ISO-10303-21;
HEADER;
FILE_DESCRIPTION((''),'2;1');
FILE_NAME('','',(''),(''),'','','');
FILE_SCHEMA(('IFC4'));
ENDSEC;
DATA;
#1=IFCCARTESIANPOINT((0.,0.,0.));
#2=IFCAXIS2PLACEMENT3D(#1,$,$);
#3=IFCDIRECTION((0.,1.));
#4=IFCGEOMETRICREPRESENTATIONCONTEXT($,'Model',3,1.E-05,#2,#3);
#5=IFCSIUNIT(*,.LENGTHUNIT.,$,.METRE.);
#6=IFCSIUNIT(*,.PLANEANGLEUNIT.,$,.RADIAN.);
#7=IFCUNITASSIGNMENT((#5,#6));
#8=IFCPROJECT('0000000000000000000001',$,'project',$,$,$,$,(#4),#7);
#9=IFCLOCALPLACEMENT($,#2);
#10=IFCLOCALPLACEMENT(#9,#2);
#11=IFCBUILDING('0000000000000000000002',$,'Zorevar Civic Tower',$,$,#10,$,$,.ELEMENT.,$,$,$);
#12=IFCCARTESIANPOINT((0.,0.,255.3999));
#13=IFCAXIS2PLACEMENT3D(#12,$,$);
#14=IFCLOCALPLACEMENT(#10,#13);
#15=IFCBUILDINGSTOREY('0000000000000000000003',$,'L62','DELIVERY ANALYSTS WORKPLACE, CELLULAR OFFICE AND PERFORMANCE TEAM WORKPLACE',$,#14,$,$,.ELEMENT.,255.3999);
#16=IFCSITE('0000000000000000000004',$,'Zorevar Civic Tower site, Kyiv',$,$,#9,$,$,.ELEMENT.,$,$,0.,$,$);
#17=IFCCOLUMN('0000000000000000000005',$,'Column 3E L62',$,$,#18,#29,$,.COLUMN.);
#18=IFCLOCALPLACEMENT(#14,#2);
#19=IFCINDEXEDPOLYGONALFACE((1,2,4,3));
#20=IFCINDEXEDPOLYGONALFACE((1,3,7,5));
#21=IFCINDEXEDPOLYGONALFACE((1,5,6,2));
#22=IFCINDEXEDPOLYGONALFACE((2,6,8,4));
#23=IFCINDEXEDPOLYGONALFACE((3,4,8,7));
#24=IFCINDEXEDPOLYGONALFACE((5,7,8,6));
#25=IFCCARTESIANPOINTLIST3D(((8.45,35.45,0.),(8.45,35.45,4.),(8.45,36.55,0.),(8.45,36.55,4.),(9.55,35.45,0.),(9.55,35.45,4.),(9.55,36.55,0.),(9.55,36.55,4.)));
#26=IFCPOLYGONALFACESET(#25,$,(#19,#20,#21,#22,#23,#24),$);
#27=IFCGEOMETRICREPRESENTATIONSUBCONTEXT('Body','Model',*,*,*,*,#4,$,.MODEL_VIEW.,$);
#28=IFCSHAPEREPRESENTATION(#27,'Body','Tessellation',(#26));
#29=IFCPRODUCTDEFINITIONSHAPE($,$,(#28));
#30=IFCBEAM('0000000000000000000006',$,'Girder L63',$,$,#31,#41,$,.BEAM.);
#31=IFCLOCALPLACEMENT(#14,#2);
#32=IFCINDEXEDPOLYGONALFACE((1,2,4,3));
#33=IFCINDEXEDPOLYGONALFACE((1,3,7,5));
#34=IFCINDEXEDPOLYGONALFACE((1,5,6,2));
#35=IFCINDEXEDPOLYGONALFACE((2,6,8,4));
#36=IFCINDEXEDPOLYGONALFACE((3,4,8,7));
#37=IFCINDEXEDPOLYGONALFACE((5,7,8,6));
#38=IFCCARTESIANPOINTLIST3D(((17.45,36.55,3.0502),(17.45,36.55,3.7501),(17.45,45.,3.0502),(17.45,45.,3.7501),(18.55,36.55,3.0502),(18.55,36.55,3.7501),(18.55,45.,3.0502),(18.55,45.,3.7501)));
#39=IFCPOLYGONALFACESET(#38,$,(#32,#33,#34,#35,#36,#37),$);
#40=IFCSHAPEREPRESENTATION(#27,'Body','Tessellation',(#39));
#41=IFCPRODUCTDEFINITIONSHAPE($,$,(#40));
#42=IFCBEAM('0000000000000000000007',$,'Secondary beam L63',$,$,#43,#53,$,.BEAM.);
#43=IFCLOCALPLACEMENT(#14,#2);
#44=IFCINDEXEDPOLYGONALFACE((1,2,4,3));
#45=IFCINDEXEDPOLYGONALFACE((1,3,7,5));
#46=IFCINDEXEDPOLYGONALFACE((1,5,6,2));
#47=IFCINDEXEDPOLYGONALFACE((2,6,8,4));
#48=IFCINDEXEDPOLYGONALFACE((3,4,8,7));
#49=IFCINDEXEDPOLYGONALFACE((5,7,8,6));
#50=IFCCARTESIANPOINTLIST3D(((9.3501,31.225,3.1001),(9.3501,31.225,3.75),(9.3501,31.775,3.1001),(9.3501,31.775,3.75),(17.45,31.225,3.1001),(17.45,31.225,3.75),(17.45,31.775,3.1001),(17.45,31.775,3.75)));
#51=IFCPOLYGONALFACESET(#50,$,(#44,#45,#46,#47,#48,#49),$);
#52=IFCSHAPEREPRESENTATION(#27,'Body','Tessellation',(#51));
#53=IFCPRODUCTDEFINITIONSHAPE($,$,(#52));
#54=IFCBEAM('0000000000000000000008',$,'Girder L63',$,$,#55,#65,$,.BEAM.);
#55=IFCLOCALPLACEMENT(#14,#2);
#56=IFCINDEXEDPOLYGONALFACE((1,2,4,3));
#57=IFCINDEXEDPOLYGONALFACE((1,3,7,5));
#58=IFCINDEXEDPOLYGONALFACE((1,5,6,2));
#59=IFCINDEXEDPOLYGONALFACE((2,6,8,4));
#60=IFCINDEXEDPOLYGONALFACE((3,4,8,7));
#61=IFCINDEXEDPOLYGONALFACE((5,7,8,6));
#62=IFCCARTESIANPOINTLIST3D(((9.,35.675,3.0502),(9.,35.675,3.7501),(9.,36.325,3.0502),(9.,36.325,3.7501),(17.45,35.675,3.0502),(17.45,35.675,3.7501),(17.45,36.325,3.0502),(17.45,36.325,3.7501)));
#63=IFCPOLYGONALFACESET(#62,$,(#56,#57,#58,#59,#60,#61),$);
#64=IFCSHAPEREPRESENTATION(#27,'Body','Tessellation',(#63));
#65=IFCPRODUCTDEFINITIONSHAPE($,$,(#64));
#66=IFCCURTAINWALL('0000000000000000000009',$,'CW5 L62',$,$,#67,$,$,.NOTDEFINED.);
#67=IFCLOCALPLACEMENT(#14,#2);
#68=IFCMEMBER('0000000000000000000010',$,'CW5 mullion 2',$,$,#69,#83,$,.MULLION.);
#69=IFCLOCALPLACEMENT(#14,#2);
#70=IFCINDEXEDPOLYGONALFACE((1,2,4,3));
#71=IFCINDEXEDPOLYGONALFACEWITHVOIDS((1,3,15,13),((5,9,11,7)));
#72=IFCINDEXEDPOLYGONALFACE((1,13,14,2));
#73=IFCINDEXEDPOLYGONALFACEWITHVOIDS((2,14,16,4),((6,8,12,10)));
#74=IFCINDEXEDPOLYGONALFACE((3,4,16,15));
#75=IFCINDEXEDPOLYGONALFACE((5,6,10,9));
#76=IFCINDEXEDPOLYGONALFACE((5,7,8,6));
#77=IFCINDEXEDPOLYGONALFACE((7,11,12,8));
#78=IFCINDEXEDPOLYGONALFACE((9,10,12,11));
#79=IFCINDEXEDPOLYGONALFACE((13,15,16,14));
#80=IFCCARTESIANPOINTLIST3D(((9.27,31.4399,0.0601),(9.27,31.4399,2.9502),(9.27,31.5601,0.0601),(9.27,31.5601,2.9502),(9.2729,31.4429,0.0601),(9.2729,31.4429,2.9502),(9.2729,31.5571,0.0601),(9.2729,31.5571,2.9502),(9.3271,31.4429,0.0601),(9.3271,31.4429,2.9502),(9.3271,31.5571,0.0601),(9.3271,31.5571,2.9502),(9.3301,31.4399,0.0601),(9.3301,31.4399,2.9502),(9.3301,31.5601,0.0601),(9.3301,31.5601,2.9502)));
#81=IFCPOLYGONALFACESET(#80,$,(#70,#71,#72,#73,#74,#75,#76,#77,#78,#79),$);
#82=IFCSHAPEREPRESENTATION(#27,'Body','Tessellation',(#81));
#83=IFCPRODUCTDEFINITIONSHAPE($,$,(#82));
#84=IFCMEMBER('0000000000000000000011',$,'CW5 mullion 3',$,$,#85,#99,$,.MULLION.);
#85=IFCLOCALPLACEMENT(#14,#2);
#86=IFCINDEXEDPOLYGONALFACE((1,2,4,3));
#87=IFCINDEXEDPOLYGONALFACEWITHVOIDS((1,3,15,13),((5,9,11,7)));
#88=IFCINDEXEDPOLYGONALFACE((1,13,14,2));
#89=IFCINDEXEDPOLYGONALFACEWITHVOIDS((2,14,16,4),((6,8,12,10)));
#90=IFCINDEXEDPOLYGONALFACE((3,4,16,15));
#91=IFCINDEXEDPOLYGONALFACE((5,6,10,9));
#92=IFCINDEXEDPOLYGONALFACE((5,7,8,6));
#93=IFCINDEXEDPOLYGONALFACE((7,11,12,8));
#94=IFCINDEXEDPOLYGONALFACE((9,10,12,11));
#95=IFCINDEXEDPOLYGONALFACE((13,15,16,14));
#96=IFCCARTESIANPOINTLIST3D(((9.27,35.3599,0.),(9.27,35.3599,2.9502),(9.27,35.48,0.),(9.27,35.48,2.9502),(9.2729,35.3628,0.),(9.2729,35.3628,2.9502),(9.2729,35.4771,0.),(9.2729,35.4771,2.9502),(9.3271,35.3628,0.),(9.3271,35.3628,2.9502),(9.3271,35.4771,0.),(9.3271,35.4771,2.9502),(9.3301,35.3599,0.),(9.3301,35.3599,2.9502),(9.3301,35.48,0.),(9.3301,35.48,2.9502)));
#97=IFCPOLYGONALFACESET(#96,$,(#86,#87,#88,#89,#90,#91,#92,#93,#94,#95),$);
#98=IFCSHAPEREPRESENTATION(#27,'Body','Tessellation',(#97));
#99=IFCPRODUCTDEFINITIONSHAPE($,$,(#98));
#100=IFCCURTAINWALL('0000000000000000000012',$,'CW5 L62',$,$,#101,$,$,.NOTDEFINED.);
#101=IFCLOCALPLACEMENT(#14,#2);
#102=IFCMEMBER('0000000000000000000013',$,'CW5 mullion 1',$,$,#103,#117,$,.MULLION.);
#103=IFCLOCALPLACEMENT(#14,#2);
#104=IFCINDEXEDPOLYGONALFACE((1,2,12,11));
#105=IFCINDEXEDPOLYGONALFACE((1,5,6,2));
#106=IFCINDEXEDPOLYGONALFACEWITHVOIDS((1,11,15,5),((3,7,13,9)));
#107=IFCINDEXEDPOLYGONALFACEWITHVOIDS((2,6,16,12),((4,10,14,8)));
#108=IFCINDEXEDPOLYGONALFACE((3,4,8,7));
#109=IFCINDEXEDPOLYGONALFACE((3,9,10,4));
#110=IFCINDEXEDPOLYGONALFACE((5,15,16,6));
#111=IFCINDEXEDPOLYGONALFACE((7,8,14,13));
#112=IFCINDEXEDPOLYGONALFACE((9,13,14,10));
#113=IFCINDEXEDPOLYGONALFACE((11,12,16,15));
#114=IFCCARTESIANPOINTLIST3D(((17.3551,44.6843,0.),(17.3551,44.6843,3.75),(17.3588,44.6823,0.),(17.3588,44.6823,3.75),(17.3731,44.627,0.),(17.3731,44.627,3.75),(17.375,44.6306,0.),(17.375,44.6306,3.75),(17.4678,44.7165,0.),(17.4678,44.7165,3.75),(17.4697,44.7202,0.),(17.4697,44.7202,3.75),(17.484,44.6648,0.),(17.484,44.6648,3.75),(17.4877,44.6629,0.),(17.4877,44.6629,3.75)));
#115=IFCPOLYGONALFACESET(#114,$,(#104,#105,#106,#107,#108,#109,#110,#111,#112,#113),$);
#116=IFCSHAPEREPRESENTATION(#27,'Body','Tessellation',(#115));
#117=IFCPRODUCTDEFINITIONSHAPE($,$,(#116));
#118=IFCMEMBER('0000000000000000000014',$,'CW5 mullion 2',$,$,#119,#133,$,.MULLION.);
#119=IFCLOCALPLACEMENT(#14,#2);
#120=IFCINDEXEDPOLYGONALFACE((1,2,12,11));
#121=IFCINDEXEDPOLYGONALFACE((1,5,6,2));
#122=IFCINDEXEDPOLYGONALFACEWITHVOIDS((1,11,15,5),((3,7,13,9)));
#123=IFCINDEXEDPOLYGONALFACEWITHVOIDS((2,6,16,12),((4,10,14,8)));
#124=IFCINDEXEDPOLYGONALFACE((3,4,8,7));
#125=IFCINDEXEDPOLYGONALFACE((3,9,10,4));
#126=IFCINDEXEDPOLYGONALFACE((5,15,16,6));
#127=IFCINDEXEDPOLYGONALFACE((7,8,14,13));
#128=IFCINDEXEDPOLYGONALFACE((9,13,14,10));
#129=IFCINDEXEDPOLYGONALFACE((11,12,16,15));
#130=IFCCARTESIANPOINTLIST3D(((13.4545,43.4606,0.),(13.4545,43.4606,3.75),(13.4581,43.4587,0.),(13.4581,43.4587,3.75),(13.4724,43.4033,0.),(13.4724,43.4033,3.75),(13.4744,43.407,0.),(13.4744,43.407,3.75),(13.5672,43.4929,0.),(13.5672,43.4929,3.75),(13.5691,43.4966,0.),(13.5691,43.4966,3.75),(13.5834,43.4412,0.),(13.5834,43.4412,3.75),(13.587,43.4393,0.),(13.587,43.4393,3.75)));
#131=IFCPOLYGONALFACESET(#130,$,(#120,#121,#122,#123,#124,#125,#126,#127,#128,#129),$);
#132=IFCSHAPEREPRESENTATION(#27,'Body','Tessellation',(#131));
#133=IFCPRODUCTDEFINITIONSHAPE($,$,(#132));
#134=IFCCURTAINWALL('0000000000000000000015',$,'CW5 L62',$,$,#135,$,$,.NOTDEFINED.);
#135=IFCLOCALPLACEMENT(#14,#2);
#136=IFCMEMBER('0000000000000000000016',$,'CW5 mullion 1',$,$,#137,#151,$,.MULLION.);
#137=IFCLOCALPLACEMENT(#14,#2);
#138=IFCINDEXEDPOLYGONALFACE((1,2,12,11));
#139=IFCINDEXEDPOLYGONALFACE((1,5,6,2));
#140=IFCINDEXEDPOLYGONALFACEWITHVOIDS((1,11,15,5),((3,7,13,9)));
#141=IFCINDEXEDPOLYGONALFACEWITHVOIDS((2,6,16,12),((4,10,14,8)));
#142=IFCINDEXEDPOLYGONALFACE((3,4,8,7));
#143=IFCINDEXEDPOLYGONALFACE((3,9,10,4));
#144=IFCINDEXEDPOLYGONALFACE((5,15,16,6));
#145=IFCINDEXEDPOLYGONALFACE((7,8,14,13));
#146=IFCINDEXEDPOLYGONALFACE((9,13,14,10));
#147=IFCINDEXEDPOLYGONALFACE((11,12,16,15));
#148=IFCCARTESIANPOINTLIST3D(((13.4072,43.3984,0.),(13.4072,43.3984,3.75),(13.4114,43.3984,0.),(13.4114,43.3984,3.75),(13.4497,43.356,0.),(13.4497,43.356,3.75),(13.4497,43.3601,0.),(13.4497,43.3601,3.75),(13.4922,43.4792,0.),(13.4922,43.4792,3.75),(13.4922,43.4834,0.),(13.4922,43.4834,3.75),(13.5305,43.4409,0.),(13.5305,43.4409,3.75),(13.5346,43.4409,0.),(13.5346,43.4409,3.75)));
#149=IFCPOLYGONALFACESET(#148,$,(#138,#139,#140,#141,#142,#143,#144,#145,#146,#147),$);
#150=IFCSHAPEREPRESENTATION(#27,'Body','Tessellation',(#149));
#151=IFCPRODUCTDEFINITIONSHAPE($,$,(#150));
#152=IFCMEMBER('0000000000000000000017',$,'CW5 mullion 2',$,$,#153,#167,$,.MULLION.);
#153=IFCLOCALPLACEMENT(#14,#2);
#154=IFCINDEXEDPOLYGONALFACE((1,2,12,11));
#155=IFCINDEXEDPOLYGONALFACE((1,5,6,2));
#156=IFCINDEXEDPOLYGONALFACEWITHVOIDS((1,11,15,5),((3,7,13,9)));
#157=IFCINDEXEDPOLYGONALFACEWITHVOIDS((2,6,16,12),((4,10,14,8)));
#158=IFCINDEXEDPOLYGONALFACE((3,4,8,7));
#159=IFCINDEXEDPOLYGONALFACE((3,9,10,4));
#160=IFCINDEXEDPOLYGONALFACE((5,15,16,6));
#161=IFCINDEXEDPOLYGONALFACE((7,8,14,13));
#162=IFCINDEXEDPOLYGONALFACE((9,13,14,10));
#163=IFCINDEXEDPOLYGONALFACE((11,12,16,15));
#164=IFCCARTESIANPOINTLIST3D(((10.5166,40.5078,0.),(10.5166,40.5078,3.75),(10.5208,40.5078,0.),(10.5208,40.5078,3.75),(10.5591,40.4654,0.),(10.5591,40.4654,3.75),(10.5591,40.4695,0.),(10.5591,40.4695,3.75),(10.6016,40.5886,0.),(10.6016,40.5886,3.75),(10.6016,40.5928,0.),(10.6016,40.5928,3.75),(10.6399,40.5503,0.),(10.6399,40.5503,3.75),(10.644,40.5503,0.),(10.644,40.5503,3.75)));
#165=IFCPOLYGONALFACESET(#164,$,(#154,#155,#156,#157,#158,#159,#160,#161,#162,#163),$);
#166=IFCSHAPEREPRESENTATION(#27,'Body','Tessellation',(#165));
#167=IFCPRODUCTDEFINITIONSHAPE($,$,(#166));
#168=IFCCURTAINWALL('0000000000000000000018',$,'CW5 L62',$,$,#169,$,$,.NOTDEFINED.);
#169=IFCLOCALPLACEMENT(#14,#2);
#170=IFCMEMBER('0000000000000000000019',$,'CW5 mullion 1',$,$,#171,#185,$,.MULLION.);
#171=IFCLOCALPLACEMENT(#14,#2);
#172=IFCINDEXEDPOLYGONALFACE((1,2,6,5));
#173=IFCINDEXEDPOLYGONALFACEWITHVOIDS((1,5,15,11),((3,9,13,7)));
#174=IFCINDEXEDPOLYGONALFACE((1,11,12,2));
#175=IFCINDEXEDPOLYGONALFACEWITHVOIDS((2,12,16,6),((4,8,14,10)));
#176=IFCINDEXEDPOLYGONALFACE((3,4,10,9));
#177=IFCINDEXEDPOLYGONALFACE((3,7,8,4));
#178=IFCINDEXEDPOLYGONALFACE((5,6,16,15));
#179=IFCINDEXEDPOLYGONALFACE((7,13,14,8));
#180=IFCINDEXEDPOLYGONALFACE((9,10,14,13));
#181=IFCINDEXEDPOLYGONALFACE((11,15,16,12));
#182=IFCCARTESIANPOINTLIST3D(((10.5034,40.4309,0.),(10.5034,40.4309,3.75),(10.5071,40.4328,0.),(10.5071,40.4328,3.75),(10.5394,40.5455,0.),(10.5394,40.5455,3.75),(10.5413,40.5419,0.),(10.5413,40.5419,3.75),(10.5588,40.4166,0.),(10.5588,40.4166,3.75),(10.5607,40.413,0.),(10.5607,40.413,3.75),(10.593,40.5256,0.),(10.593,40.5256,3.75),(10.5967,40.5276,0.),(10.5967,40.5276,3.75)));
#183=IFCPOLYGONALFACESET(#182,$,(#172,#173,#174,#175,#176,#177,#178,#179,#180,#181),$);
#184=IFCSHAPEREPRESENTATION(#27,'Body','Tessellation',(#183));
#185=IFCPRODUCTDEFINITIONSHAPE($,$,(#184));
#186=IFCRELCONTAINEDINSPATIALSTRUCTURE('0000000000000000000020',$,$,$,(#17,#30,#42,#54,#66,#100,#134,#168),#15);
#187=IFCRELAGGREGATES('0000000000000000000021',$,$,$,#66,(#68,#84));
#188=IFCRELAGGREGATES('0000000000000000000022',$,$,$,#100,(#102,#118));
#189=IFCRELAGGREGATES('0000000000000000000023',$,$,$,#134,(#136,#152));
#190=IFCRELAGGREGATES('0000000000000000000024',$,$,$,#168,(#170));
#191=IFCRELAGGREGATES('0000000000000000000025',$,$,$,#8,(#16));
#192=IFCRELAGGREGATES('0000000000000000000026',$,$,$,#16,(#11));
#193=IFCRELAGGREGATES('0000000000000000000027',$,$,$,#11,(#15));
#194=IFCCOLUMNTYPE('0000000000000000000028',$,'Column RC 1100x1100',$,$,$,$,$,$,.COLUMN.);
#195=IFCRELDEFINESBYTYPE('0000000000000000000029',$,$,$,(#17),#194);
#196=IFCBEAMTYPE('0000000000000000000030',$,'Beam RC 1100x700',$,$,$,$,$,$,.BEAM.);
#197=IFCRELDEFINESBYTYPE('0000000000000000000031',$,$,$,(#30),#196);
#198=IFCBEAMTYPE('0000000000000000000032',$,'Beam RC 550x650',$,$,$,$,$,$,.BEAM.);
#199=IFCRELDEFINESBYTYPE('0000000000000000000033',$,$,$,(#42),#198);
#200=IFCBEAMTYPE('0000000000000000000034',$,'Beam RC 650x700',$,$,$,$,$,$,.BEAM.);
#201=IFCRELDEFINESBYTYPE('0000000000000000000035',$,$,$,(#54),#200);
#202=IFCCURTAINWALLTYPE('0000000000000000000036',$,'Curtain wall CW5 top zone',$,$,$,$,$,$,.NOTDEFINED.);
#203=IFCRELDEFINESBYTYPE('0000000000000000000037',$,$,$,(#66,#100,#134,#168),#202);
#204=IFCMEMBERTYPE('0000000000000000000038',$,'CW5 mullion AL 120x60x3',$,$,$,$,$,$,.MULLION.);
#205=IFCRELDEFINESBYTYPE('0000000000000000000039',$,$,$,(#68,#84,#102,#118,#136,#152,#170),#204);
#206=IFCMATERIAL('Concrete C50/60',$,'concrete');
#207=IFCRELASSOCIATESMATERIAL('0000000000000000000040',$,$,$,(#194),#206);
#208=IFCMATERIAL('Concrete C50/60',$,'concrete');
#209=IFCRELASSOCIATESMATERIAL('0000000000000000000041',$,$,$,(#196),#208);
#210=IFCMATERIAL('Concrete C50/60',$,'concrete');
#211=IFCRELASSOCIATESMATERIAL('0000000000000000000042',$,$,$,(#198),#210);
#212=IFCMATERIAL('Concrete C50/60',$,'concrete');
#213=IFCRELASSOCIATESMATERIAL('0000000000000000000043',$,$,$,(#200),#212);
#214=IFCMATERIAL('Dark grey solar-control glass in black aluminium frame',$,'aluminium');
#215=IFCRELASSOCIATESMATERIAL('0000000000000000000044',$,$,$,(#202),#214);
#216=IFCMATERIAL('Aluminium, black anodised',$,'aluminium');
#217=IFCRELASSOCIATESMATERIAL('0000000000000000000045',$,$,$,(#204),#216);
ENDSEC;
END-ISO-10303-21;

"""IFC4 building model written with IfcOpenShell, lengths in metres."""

from ifc_helpers import new_model, si_unit, direction, frame, origin, origin_2d, place, context, subcontext, project, spatial, rectangle, hollow_rectangle, extrude, material, material_profile, profile_set, type_object, element, aggregate, save


model = new_model("IFC4")

# Units and contexts
model_context = context("Model", 3, precision=1e-05, world=origin(), true_north=direction((0.0, 1.0)))
body_context = subcontext(model_context, "Body", "Model", "MODEL_VIEW")
ifc_project = project(units=[si_unit("LENGTHUNIT", "METRE"), si_unit("PLANEANGLEUNIT", "RADIAN")], contexts=[model_context])

# Site, building, storey
site_placement = place(None, origin())
site = spatial("IfcSite", under=ifc_project, at=site_placement, Name="Zorevar Civic Tower site, Kyiv", CompositionType="ELEMENT", RefElevation=0.0)
building_placement = place(site_placement, origin())
building = spatial("IfcBuilding", under=site, at=building_placement, Name="Zorevar Civic Tower", CompositionType="ELEMENT")
storey_placement = place(building_placement, frame((0.0, 0.0, 255.3999)))
storey = spatial("IfcBuildingStorey", under=building, at=storey_placement, Name="L62", Description="DELIVERY ANALYSTS WORKPLACE, CELLULAR OFFICE AND PERFORMANCE TEAM WORKPLACE", CompositionType="ELEMENT", Elevation=255.3999)

# Column
ifc_material_1 = material(Name="Concrete C50/60", Category="concrete")
ifc_material_profile_1 = material_profile(ifc_material_1, rectangle(XDim=1.1001, YDim=1.1001, at=origin_2d()), Name="RC 1100x1100")
ifc_profile_set_1 = profile_set([ifc_material_profile_1], Name="Concrete C50/60")
column_type = type_object("IfcColumnType", Name="Column RC 1100x1100", PredefinedType="COLUMN", material=ifc_profile_set_1)
column_placement = place(storey_placement, frame((9.0, 36.0, 0.0), z_axis=(0.0, 0.0, 1.0), x_axis=(1.0, 0.0, 0.0)))
element("IfcColumn", 1, at=column_placement, inside=storey, type_object=column_type, Name="Column 3E L62", PredefinedType="COLUMN", context=body_context, shape_type="SweptSolid", body=[
    extrude(rectangle(XDim=1.1001, YDim=1.1001, at=origin_2d()), origin(), (0.0, 0.0, 1.0), 4.0),
])

# Beams
ifc_material_2 = material(Name="Concrete C50/60", Category="concrete")
ifc_material_profile_2 = material_profile(ifc_material_2, rectangle(XDim=1.1001, YDim=0.7, at=origin_2d()), Name="RC 1100x700")
ifc_profile_set_2 = profile_set([ifc_material_profile_2], Name="Concrete C50/60")
beam_type_1 = type_object("IfcBeamType", Name="Beam RC 1100x700", PredefinedType="BEAM", material=ifc_profile_set_2)
beam_1_placement = place(storey_placement, frame((18.0, 36.55, 3.4001), z_axis=(0.0, 1.0, 0.0), x_axis=(-1.0, 0.0, 0.0)))
element("IfcBeam", 2, at=beam_1_placement, inside=storey, type_object=beam_type_1, Name="Girder L63", PredefinedType="BEAM", context=body_context, shape_type="SweptSolid", body=[
    extrude(rectangle(XDim=1.1001, YDim=0.7, at=origin_2d()), origin(), (0.0, 0.0, 1.0), 8.45),
])
ifc_material_3 = material(Name="Concrete C50/60", Category="concrete")
ifc_material_profile_3 = material_profile(ifc_material_3, rectangle(XDim=0.55, YDim=0.6499, at=origin_2d()), Name="RC 550x650")
ifc_profile_set_3 = profile_set([ifc_material_profile_3], Name="Concrete C50/60")
beam_type_2 = type_object("IfcBeamType", Name="Beam RC 550x650", PredefinedType="BEAM", material=ifc_profile_set_3)
beam_2_placement = place(storey_placement, frame((9.3501, 31.5, 3.425), z_axis=(1.0, 0.0, 0.0), x_axis=(0.0, 1.0, 0.0)))
element("IfcBeam", 3, at=beam_2_placement, inside=storey, type_object=beam_type_2, Name="Secondary beam L63", PredefinedType="BEAM", context=body_context, shape_type="SweptSolid", body=[
    extrude(rectangle(XDim=0.55, YDim=0.6499, at=origin_2d()), origin(), (0.0, 0.0, 1.0), 8.0999),
])
ifc_material_4 = material(Name="Concrete C50/60", Category="concrete")
ifc_material_profile_4 = material_profile(ifc_material_4, rectangle(XDim=0.6499, YDim=0.7, at=origin_2d()), Name="RC 650x700")
ifc_profile_set_4 = profile_set([ifc_material_profile_4], Name="Concrete C50/60")
beam_type_3 = type_object("IfcBeamType", Name="Beam RC 650x700", PredefinedType="BEAM", material=ifc_profile_set_4)
beam_3_placement = place(storey_placement, frame((9.0, 36.0, 3.4001), z_axis=(1.0, 0.0, 0.0), x_axis=(0.0, 1.0, 0.0)))
element("IfcBeam", 4, at=beam_3_placement, inside=storey, type_object=beam_type_3, Name="Girder L63", PredefinedType="BEAM", context=body_context, shape_type="SweptSolid", body=[
    extrude(rectangle(XDim=0.6499, YDim=0.7, at=origin_2d()), origin(), (0.0, 0.0, 1.0), 8.45),
])

# Curtain walls, members
ifc_material_5 = material(Name="Dark grey solar-control glass in black aluminium frame", Category="aluminium")
curtain_wall_type = type_object("IfcCurtainWallType", Name="Curtain wall CW5 top zone", PredefinedType="NOTDEFINED", material=ifc_material_5)
curtain_wall_1_placement = place(storey_placement, origin())
curtain_wall_1 = element("IfcCurtainWall", 5, at=curtain_wall_1_placement, inside=storey, type_object=curtain_wall_type, Name="CW5 L62", PredefinedType="NOTDEFINED")
ifc_material_6 = material(Name="Aluminium, black anodised", Category="aluminium")
ifc_material_profile_5 = material_profile(ifc_material_6, hollow_rectangle(XDim=0.0601, YDim=0.1201, WallThickness=0.0029, at=origin_2d()), Name="AL 120x60x3")
ifc_profile_set_5 = profile_set([ifc_material_profile_5], Name="Aluminium, black anodised")
member_type_1 = type_object("IfcMemberType", Name="CW5 mullion AL 120x60x3", PredefinedType="MULLION", material=ifc_profile_set_5)
member_1_placement = place(storey_placement, frame((9.3, 31.5, 0.0601), z_axis=(0.0, 0.0, 1.0), x_axis=(-1.0, 0.0, 0.0)))
member_1 = element("IfcMember", 6, at=member_1_placement, type_object=member_type_1, Name="CW5 mullion 2", PredefinedType="MULLION", context=body_context, shape_type="SweptSolid", body=[
    extrude(hollow_rectangle(XDim=0.0601, YDim=0.1201, WallThickness=0.0029, at=origin_2d()), origin(), (0.0, 0.0, 1.0), 2.8901),
])
member_2_placement = place(storey_placement, frame((9.3, 35.4199, 0.0), z_axis=(0.0, 0.0, 1.0), x_axis=(-1.0, 0.0, 0.0)))
member_2 = element("IfcMember", 7, at=member_2_placement, type_object=member_type_1, Name="CW5 mullion 3", PredefinedType="MULLION", context=body_context, shape_type="SweptSolid", body=[
    extrude(hollow_rectangle(XDim=0.0601, YDim=0.1201, WallThickness=0.0029, at=origin_2d()), origin(), (0.0, 0.0, 1.0), 2.9502),
])
curtain_wall_2_placement = place(storey_placement, origin())
curtain_wall_2 = element("IfcCurtainWall", 8, at=curtain_wall_2_placement, inside=storey, type_object=curtain_wall_type, Name="CW5 L62", PredefinedType="NOTDEFINED")
member_3_placement = place(storey_placement, frame((17.4214, 44.6736, 0.0), z_axis=(0.0, 0.0, 1.0), x_axis=(0.299318, -0.954153, 0.0)))
member_3 = element("IfcMember", 9, at=member_3_placement, type_object=member_type_1, Name="CW5 mullion 1", PredefinedType="MULLION", context=body_context, shape_type="SweptSolid", body=[
    extrude(hollow_rectangle(XDim=0.0601, YDim=0.1201, WallThickness=0.0029, at=origin_2d()), origin(), (0.0, 0.0, 1.0), 3.75),
])
member_4_placement = place(storey_placement, frame((13.5208, 43.45, 0.0), z_axis=(0.0, 0.0, 1.0), x_axis=(0.299318, -0.954153, 0.0)))
member_4 = element("IfcMember", 10, at=member_4_placement, type_object=member_type_1, Name="CW5 mullion 2", PredefinedType="MULLION", context=body_context, shape_type="SweptSolid", body=[
    extrude(hollow_rectangle(XDim=0.0601, YDim=0.1201, WallThickness=0.0029, at=origin_2d()), origin(), (0.0, 0.0, 1.0), 3.75),
])
curtain_wall_3_placement = place(storey_placement, origin())
curtain_wall_3 = element("IfcCurtainWall", 11, at=curtain_wall_3_placement, inside=storey, type_object=curtain_wall_type, Name="CW5 L62", PredefinedType="NOTDEFINED")
member_5_placement = place(storey_placement, frame((13.4709, 43.4197, 0.0), z_axis=(0.0, 0.0, 1.0), x_axis=(0.707107, -0.707107, 0.0)))
member_5 = element("IfcMember", 12, at=member_5_placement, type_object=member_type_1, Name="CW5 mullion 1", PredefinedType="MULLION", context=body_context, shape_type="SweptSolid", body=[
    extrude(hollow_rectangle(XDim=0.0601, YDim=0.1201, WallThickness=0.0029, at=origin_2d()), origin(), (0.0, 0.0, 1.0), 3.75),
])
member_6_placement = place(storey_placement, frame((10.5803, 40.5291, 0.0), z_axis=(0.0, 0.0, 1.0), x_axis=(0.707107, -0.707107, 0.0)))
member_6 = element("IfcMember", 13, at=member_6_placement, type_object=member_type_1, Name="CW5 mullion 2", PredefinedType="MULLION", context=body_context, shape_type="SweptSolid", body=[
    extrude(hollow_rectangle(XDim=0.0601, YDim=0.1201, WallThickness=0.0029, at=origin_2d()), origin(), (0.0, 0.0, 1.0), 3.75),
])
curtain_wall_4_placement = place(storey_placement, origin())
curtain_wall_4 = element("IfcCurtainWall", 14, at=curtain_wall_4_placement, inside=storey, type_object=curtain_wall_type, Name="CW5 L62", PredefinedType="NOTDEFINED")
member_7_placement = place(storey_placement, frame((10.55, 40.4792, 0.0), z_axis=(0.0, 0.0, 1.0), x_axis=(0.954153, -0.299318, 0.0)))
member_7 = element("IfcMember", 15, at=member_7_placement, type_object=member_type_1, Name="CW5 mullion 1", PredefinedType="MULLION", context=body_context, shape_type="SweptSolid", body=[
    extrude(hollow_rectangle(XDim=0.0601, YDim=0.1201, WallThickness=0.0029, at=origin_2d()), origin(), (0.0, 0.0, 1.0), 3.75),
])

aggregate(curtain_wall_1, [member_1, member_2])
aggregate(curtain_wall_2, [member_3, member_4])
aggregate(curtain_wall_3, [member_5, member_6])
aggregate(curtain_wall_4, [member_7])

save(model, "model.ifc")
